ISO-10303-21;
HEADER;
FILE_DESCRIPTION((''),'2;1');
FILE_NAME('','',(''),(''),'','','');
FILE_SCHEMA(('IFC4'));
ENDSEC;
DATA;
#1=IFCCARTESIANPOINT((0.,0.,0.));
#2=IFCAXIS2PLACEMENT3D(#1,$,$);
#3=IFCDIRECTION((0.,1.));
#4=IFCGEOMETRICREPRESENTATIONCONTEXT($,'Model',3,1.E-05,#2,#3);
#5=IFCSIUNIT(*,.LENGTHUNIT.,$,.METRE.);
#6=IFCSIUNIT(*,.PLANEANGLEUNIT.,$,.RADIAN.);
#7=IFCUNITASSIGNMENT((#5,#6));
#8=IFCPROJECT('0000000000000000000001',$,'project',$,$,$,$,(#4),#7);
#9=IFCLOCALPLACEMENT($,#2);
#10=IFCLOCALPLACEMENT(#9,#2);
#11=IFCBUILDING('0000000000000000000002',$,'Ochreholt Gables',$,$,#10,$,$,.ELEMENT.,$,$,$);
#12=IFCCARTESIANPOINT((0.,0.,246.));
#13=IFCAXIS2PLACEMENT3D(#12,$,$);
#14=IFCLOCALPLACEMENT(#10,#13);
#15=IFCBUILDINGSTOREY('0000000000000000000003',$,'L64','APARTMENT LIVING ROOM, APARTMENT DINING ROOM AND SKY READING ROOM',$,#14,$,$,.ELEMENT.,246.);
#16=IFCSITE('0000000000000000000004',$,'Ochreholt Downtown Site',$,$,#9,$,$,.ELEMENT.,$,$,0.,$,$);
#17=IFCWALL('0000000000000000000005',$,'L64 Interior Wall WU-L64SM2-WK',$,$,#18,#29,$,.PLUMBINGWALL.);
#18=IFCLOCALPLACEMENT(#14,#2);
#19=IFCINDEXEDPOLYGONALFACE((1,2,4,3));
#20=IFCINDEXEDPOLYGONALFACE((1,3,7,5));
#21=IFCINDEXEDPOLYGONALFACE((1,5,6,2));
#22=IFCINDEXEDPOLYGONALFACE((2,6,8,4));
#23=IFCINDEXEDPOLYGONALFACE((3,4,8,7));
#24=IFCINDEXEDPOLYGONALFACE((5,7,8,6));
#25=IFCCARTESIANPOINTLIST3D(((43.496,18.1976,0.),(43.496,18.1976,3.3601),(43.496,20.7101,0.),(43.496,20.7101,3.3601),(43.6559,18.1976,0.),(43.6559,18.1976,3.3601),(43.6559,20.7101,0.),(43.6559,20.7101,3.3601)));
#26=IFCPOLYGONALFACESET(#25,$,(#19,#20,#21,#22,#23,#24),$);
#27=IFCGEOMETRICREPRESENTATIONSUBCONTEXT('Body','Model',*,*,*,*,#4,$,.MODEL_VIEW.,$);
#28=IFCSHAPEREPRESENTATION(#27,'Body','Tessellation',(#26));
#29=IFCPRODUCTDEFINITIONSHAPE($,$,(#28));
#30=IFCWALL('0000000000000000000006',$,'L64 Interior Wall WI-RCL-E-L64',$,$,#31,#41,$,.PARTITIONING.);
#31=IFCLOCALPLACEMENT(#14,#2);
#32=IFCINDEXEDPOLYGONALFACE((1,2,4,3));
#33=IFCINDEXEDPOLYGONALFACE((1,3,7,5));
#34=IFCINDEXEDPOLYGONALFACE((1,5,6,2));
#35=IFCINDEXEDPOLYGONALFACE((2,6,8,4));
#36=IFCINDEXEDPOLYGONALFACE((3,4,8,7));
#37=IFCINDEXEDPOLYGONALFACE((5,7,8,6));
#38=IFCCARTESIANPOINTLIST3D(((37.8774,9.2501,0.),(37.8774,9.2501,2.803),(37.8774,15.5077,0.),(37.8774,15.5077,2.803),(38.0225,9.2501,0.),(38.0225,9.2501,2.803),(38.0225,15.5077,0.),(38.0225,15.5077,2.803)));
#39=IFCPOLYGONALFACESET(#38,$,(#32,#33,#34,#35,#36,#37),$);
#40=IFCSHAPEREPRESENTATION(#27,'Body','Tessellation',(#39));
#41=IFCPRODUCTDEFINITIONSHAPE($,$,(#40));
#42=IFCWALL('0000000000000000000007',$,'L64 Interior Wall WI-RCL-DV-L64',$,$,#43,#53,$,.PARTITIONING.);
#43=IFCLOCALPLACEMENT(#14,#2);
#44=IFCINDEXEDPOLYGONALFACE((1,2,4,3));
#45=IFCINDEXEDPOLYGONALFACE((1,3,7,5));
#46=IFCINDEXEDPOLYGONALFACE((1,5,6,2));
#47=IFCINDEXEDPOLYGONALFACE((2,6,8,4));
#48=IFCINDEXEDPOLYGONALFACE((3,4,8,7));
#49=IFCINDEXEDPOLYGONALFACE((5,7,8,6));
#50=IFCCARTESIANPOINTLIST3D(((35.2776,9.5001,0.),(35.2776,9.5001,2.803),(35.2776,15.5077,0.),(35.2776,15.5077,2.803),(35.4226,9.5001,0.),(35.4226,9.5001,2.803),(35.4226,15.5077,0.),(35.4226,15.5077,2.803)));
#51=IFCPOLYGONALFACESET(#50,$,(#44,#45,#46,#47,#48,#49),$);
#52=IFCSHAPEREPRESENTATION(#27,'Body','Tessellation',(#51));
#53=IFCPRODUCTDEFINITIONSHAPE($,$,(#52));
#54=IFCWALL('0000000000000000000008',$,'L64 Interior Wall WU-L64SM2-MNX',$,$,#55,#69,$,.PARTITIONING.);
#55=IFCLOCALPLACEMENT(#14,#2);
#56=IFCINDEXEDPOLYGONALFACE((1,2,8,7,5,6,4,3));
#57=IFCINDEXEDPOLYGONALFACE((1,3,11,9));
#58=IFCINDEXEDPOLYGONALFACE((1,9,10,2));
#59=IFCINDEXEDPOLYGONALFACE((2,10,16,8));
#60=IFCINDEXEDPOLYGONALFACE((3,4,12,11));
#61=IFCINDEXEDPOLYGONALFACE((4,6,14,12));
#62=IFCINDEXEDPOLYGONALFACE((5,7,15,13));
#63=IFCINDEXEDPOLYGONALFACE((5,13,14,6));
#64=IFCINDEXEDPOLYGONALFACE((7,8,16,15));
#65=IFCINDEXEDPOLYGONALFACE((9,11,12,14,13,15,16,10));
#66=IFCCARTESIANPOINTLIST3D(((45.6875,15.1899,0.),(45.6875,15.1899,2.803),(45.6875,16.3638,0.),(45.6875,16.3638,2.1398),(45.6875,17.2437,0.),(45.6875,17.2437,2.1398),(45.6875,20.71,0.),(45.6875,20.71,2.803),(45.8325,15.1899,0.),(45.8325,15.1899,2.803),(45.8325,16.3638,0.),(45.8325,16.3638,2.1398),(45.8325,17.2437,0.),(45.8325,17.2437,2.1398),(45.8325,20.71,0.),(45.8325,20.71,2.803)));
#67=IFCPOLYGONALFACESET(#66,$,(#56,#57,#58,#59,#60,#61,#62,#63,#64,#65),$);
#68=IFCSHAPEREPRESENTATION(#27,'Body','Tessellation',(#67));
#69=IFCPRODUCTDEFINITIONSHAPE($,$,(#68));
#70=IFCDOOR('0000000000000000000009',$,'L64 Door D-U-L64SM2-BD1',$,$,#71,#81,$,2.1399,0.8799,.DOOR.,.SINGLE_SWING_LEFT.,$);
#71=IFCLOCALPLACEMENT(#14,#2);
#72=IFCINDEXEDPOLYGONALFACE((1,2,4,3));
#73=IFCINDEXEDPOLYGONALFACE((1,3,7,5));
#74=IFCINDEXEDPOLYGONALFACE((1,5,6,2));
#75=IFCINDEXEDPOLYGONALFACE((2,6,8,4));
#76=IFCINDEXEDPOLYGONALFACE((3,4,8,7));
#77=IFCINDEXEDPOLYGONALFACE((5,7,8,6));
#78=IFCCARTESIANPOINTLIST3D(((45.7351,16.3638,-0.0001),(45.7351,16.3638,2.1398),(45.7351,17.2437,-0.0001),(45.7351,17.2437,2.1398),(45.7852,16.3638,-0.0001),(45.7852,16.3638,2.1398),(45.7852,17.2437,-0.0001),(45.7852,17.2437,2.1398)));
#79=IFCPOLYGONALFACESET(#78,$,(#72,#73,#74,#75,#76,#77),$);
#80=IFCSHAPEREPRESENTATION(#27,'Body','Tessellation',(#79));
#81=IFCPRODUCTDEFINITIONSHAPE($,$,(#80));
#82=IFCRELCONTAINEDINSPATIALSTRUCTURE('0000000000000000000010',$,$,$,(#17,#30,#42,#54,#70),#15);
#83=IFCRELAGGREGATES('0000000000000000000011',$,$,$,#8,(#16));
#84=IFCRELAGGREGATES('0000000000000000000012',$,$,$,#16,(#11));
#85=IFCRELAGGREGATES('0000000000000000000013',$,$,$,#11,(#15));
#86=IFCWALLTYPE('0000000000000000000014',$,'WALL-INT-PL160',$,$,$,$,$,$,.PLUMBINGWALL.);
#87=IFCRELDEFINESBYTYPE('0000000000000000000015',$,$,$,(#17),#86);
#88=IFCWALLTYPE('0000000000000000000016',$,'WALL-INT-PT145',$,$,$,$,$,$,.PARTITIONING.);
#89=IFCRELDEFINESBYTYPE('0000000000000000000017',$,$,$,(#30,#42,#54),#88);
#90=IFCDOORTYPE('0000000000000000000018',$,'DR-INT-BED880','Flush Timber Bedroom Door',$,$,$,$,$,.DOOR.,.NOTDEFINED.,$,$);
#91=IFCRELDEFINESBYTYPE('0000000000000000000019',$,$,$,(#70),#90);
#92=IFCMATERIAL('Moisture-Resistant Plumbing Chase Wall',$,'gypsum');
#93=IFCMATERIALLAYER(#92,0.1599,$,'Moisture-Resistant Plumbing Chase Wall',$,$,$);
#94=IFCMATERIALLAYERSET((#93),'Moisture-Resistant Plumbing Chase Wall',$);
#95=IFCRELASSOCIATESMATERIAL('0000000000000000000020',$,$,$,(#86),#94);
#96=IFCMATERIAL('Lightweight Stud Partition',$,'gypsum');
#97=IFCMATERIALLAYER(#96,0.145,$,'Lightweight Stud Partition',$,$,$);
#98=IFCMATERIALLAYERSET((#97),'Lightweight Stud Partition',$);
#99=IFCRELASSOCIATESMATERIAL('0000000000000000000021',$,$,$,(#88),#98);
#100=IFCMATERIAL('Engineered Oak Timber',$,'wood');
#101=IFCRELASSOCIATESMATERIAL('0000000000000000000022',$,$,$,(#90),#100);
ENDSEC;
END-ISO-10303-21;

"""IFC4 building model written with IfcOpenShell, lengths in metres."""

from ifc_helpers import new_model, si_unit, direction, frame, frame_2d, origin, place, context, subcontext, project, spatial, rectangle, extrude, material, layer, layer_set, type_object, element, fill, save


model = new_model("IFC4")

# Units and contexts
model_context = context("Model", 3, precision=1e-05, world=origin(), true_north=direction((0.0, 1.0)))
body_context = subcontext(model_context, "Body", "Model", "MODEL_VIEW")
ifc_project = project(units=[si_unit("LENGTHUNIT", "METRE"), si_unit("PLANEANGLEUNIT", "RADIAN")], contexts=[model_context])

# Site, building, storey
site_placement = place(None, origin())
site = spatial("IfcSite", under=ifc_project, at=site_placement, Name="Ochreholt Downtown Site", CompositionType="ELEMENT", RefElevation=0.0)
building_placement = place(site_placement, origin())
building = spatial("IfcBuilding", under=site, at=building_placement, Name="Ochreholt Gables", CompositionType="ELEMENT")
storey_placement = place(building_placement, frame((0.0, 0.0, 246.0)))
storey = spatial("IfcBuildingStorey", under=building, at=storey_placement, Name="L64", Description="APARTMENT LIVING ROOM, APARTMENT DINING ROOM AND SKY READING ROOM", CompositionType="ELEMENT", Elevation=246.0)

# Shared definitions
ifc_material_1 = material(Name="Engineered Oak Timber", Category="wood")

# Shared definitions
ifc_material_2 = material(Name="Moisture-Resistant Plumbing Chase Wall", Category="gypsum")
ifc_layer_1 = layer(ifc_material_2, 0.1599, Name="Moisture-Resistant Plumbing Chase Wall")
ifc_layer_set_1 = layer_set([ifc_layer_1], Name="Moisture-Resistant Plumbing Chase Wall")
wall_type_1 = type_object("IfcWallType", Name="WALL-INT-PL160", PredefinedType="PLUMBINGWALL", material=ifc_layer_set_1)

# Walls
wall_1_placement = place(storey_placement, frame((43.5759, 18.1975, 0.0), z_axis=(0.0, 0.0, 1.0), x_axis=(0.0, 1.0, 0.0)))
element("IfcWall", 1, at=wall_1_placement, inside=storey, type_object=wall_type_1, Name="L64 Interior Wall WU-L64SM2-WK", PredefinedType="PLUMBINGWALL", context=body_context, shape_type="SweptSolid", body=[
    extrude(rectangle(XDim=2.5125, YDim=0.1599, at=frame_2d((1.2563, 0.0))), origin(), (0.0, 0.0, 1.0), 3.3601),
])
ifc_material_3 = material(Name="Lightweight Stud Partition", Category="gypsum")
ifc_layer_2 = layer(ifc_material_3, 0.145, Name="Lightweight Stud Partition")
ifc_layer_set_2 = layer_set([ifc_layer_2], Name="Lightweight Stud Partition")
wall_type_2 = type_object("IfcWallType", Name="WALL-INT-PT145", PredefinedType="PARTITIONING", material=ifc_layer_set_2)
wall_2_placement = place(storey_placement, frame((37.95, 9.25, 0.0), z_axis=(0.0, 0.0, 1.0), x_axis=(0.0, 1.0, 0.0)))
element("IfcWall", 2, at=wall_2_placement, inside=storey, type_object=wall_type_2, Name="L64 Interior Wall WI-RCL-E-L64", PredefinedType="PARTITIONING", context=body_context, shape_type="SweptSolid", body=[
    extrude(rectangle(XDim=6.2576, YDim=0.145, at=frame_2d((3.1289, 0.0))), origin(), (0.0, 0.0, 1.0), 2.803),
])
wall_3_placement = place(storey_placement, frame((35.3501, 9.5, 0.0), z_axis=(0.0, 0.0, 1.0), x_axis=(0.0, 1.0, 0.0)))
element("IfcWall", 3, at=wall_3_placement, inside=storey, type_object=wall_type_2, Name="L64 Interior Wall WI-RCL-DV-L64", PredefinedType="PARTITIONING", context=body_context, shape_type="SweptSolid", body=[
    extrude(rectangle(XDim=6.0076, YDim=0.145, at=frame_2d((3.0039, 0.0))), origin(), (0.0, 0.0, 1.0), 2.803),
])

# Wall, opening, door
wall_4_placement = place(storey_placement, frame((45.76, 15.1899, 0.0), z_axis=(0.0, 0.0, 1.0), x_axis=(0.0, 1.0, 0.0)))
wall_4 = element("IfcWall", 4, at=wall_4_placement, inside=storey, type_object=wall_type_2, Name="L64 Interior Wall WU-L64SM2-MNX", PredefinedType="PARTITIONING", context=body_context, shape_type="SweptSolid", body=[
    extrude(rectangle(XDim=5.52, YDim=0.145, at=frame_2d((2.76, 0.0))), origin(), (0.0, 0.0, 1.0), 2.803),
])
opening_1_placement = place(wall_4_placement, frame((1.1738, 0.0, 0.0)))
opening_1 = element("IfcOpeningElement", 5, at=opening_1_placement, cuts=wall_4, PredefinedType="OPENING", context=body_context, shape_type="SweptSolid", body=[
    extrude(rectangle(XDim=0.8799, YDim=2.1399, at=frame_2d((0.4399, 1.0698))), frame((0.0, 0.0825, 0.0), z_axis=(0.0, -1.0, 0.0), x_axis=(1.0, 0.0, 0.0)), (0.0, 0.0, 1.0), 0.165),
])
door_type_1 = type_object("IfcDoorType", Name="DR-INT-BED880", Description="Flush Timber Bedroom Door", OperationType="NOTDEFINED", PredefinedType="DOOR", material=ifc_material_1)
door_1_placement = place(opening_1_placement, origin())
door_1 = element("IfcDoor", 6, at=door_1_placement, inside=storey, type_object=door_type_1, Name="L64 Door D-U-L64SM2-BD1", OperationType="SINGLE_SWING_LEFT", OverallHeight=2.1399, OverallWidth=0.8799, PredefinedType="DOOR", context=body_context, shape_type="SweptSolid", body=[
    extrude(rectangle(XDim=0.8799, YDim=2.1399, at=frame_2d((0.4399, 1.0698))), frame((0.0, 0.0249, 0.0), z_axis=(0.0, -1.0, 0.0), x_axis=(1.0, 0.0, 0.0)), (0.0, 0.0, 1.0), 0.05),
])
fill(opening_1, door_1)

save(model, "model.ifc")
